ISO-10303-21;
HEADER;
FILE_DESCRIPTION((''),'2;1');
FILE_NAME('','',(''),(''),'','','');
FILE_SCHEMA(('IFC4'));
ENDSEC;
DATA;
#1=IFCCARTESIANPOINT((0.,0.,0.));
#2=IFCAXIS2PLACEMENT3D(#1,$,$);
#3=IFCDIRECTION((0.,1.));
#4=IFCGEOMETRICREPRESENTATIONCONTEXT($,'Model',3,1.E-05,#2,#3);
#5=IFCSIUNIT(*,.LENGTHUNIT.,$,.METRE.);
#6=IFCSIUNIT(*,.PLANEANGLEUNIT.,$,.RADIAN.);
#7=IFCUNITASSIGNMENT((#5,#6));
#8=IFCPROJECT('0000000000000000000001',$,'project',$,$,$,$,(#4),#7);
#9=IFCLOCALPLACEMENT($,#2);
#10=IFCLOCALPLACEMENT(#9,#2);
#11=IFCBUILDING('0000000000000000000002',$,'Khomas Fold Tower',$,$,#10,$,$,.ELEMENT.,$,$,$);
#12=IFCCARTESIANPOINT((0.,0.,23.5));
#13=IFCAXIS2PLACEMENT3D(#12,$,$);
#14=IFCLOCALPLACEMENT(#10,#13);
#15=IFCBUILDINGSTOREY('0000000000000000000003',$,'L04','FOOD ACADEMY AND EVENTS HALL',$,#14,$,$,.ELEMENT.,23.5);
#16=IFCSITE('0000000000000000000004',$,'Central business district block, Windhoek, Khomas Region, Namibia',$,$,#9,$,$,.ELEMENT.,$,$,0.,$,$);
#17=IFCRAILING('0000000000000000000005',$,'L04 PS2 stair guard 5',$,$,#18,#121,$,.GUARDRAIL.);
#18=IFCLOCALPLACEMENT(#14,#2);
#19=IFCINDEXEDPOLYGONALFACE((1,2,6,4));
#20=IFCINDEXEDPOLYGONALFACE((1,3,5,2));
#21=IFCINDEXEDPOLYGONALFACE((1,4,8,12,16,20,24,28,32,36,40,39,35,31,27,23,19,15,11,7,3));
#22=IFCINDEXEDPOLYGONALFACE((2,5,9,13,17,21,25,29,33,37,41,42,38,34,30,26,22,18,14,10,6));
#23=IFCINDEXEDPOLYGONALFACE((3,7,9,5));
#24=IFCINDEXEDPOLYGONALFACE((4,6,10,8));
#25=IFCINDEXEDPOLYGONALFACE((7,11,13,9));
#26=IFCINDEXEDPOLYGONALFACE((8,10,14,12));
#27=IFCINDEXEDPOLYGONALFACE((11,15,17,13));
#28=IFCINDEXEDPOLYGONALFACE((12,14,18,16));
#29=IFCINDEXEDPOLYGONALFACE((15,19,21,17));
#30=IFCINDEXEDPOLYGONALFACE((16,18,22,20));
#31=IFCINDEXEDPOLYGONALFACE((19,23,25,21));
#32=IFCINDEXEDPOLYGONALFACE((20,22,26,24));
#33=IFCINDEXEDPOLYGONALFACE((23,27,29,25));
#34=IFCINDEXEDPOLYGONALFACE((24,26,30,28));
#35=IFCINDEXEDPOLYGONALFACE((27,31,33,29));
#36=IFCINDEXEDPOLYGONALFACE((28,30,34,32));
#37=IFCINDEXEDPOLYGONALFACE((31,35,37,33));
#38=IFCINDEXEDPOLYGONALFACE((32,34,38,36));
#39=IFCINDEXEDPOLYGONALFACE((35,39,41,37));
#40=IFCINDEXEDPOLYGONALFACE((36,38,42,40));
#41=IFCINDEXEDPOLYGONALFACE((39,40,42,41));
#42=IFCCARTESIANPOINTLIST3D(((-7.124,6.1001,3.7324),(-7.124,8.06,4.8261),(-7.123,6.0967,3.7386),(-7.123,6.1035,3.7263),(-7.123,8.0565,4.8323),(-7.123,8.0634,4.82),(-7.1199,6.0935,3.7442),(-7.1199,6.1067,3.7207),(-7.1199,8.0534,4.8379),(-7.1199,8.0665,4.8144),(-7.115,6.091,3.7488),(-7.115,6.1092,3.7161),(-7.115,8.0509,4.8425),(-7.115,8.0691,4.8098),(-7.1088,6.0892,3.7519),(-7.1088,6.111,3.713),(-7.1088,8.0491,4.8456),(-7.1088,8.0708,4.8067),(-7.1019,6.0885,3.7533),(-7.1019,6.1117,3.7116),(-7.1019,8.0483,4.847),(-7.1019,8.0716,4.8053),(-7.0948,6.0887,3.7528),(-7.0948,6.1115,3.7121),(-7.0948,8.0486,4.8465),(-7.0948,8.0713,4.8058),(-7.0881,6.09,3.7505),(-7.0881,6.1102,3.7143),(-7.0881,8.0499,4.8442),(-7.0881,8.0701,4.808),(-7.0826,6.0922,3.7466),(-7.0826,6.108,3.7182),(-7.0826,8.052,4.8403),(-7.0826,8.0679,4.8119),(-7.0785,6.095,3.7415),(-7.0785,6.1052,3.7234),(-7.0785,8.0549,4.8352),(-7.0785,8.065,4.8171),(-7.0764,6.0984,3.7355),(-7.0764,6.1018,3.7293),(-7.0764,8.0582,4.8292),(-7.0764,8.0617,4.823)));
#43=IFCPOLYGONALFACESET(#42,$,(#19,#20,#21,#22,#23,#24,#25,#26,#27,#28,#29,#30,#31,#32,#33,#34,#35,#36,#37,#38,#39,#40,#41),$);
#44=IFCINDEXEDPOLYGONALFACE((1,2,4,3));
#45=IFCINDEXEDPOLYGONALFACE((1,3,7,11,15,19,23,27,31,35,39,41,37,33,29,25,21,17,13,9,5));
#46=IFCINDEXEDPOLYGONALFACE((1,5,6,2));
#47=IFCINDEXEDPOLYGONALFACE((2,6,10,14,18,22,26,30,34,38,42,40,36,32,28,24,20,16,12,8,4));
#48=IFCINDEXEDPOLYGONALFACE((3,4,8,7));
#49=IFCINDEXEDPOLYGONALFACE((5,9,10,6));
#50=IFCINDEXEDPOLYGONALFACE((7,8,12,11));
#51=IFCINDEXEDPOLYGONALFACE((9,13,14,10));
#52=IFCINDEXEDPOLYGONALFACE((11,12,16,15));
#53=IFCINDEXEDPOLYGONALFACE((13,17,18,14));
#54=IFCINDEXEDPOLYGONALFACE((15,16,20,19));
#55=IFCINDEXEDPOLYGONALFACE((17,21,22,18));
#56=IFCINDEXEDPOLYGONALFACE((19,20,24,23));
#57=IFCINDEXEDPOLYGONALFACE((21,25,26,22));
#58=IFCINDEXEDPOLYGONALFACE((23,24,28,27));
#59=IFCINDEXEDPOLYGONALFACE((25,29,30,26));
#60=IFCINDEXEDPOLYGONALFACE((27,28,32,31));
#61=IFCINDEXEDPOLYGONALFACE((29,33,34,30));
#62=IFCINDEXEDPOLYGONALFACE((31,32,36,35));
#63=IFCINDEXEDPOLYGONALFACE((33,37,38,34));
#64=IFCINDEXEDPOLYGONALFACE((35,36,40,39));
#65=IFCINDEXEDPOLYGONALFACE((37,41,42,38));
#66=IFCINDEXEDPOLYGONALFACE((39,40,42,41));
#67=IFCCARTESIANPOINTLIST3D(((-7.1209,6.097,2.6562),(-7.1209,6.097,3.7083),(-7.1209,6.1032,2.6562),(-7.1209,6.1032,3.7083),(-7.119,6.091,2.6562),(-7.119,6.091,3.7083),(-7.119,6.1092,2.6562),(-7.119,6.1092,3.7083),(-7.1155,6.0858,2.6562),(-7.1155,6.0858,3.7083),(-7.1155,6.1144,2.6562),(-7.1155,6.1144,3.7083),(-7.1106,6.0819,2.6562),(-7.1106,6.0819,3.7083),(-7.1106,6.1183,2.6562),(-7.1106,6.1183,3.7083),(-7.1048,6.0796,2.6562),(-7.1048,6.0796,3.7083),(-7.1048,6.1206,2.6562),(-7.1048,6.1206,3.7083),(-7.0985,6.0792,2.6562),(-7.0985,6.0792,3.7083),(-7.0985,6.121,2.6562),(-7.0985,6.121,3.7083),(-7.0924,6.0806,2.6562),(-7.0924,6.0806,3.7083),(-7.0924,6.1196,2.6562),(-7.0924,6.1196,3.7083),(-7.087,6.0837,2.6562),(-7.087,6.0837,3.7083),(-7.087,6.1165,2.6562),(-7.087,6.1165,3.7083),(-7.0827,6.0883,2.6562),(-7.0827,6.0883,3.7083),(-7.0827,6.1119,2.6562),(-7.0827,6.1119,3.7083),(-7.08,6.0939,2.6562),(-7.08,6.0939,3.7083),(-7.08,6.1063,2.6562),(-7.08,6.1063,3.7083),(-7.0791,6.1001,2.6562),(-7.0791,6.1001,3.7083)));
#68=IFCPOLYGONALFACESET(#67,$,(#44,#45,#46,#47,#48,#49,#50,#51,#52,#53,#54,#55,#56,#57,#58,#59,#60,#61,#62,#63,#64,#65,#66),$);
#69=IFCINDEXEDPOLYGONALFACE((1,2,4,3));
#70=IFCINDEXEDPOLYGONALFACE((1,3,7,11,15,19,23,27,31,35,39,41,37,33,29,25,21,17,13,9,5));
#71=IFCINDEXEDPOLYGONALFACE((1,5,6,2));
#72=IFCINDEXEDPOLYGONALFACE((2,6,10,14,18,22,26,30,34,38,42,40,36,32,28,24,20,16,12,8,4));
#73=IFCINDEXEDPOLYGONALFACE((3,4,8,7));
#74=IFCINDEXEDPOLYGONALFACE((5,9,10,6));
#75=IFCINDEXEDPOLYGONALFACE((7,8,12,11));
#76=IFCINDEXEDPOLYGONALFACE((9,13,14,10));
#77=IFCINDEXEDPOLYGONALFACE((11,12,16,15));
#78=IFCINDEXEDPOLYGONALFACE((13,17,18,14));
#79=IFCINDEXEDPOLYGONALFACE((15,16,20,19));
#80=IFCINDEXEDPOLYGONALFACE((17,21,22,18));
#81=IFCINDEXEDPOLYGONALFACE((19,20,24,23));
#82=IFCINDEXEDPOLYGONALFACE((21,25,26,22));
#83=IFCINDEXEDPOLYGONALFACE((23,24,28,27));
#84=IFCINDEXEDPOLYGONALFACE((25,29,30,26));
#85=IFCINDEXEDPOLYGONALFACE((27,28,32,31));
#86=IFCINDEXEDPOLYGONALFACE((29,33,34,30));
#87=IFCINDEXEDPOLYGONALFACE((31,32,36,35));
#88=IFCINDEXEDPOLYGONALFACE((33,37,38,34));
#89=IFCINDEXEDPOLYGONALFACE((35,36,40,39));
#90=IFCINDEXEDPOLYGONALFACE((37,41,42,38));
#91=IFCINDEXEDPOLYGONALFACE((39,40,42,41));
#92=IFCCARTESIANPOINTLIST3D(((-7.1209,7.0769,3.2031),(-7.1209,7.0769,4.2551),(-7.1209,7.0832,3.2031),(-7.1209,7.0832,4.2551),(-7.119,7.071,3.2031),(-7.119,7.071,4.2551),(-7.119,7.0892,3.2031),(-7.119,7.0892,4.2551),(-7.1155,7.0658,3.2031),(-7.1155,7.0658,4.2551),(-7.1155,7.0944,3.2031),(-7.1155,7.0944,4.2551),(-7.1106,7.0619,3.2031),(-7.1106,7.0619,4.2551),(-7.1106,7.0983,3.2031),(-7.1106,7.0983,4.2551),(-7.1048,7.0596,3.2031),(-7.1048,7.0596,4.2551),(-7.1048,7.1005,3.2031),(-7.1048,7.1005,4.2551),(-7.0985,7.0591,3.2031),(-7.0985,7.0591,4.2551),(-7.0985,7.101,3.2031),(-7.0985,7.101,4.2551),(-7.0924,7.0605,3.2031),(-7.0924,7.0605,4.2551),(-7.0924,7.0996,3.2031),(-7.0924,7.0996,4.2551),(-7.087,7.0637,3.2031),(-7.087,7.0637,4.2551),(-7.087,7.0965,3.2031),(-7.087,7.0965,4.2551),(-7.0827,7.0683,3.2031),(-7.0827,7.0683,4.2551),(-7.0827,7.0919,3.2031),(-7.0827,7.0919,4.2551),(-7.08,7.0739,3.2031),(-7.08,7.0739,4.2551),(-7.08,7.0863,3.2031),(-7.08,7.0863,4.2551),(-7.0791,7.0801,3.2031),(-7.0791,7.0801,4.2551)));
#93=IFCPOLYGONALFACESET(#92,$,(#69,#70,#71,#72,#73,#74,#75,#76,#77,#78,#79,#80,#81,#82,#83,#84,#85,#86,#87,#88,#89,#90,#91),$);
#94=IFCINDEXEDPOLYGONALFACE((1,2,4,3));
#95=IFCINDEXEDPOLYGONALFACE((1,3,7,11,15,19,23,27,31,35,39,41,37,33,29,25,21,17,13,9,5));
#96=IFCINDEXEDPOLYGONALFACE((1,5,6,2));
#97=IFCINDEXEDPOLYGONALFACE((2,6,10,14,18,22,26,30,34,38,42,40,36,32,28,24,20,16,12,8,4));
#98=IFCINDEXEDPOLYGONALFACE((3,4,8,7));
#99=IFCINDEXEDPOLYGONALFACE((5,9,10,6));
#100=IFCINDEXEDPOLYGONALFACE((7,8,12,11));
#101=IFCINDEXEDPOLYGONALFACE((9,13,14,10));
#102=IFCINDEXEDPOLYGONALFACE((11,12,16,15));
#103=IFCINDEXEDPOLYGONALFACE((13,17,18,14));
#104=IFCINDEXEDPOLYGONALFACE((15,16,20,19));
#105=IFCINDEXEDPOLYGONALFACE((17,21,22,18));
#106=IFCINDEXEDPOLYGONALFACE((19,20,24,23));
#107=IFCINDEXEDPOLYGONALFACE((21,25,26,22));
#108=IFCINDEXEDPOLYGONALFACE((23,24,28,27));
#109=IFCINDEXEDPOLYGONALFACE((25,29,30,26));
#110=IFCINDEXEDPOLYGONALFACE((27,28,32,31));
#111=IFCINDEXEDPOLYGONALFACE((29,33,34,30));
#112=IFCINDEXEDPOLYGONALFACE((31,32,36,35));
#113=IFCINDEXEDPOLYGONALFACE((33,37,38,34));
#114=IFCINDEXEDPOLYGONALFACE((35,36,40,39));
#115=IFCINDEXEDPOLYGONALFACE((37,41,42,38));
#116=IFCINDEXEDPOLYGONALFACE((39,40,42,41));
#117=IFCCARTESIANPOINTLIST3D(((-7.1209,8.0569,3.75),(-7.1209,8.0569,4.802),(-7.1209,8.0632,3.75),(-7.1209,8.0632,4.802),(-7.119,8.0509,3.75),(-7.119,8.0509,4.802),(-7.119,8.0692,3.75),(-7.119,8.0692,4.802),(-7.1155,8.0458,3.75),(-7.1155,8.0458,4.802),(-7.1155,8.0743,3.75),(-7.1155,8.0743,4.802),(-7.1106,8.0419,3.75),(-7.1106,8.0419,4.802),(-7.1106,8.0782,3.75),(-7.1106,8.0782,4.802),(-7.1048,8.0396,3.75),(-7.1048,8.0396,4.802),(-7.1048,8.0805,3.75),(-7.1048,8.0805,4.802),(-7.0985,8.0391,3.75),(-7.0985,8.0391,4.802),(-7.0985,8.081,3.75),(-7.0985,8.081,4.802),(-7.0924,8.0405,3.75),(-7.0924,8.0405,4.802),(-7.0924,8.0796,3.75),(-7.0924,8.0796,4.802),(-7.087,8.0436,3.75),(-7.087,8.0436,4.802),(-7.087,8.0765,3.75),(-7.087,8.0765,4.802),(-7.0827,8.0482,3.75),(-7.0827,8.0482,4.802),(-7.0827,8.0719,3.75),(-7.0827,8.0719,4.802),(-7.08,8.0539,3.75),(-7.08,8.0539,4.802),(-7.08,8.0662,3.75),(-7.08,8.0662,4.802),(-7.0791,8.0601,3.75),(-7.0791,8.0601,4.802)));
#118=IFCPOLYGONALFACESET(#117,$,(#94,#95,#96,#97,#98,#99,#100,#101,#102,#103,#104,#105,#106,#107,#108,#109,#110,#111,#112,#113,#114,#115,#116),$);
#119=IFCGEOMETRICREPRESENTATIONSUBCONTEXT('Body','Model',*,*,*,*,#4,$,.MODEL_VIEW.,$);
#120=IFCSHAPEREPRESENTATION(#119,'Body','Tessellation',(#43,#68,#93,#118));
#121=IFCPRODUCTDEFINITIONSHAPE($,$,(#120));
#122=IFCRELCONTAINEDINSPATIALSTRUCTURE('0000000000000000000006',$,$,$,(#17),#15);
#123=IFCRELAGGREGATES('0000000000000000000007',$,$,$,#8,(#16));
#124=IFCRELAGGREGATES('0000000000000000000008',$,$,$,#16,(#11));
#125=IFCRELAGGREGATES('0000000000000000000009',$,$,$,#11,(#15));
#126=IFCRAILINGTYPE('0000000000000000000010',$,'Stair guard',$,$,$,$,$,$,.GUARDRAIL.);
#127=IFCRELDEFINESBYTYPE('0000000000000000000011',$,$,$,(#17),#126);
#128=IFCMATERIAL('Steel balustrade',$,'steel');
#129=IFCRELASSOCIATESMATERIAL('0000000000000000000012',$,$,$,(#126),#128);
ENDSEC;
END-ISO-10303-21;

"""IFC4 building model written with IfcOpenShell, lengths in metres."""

from ifc_helpers import new_model, si_unit, direction, frame, origin, origin_2d, place, context, subcontext, project, spatial, circle, extrude, source, transform, mapped, material, type_object, element, save


model = new_model("IFC4")

# Units and contexts
model_context = context("Model", 3, precision=1e-05, world=origin(), true_north=direction((0.0, 1.0)))
body_context = subcontext(model_context, "Body", "Model", "MODEL_VIEW")
ifc_project = project(units=[si_unit("LENGTHUNIT", "METRE"), si_unit("PLANEANGLEUNIT", "RADIAN")], contexts=[model_context])

# Site, building, storey
site_placement = place(None, origin())
site = spatial("IfcSite", under=ifc_project, at=site_placement, Name="Central business district block, Windhoek, Khomas Region, Namibia", CompositionType="ELEMENT", RefElevation=0.0)
building_placement = place(site_placement, origin())
building = spatial("IfcBuilding", under=site, at=building_placement, Name="Khomas Fold Tower", CompositionType="ELEMENT")
storey_placement = place(building_placement, frame((0.0, 0.0, 23.5)))
storey = spatial("IfcBuildingStorey", under=building, at=storey_placement, Name="L04", Description="FOOD ACADEMY AND EVENTS HALL", CompositionType="ELEMENT", Elevation=23.5)

# Railing
ifc_material_1 = material(Name="Steel balustrade", Category="steel")
railing_type_1 = type_object("IfcRailingType", Name="Stair guard", PredefinedType="GUARDRAIL", material=ifc_material_1)
shared_shape_1 = source(origin(), body_context, "Body", "SweptSolid", [
    extrude(circle(Radius=0.0239, at=origin_2d()), frame((0.0, 0.0, 1.0762), z_axis=(0.0, 0.873232, 0.487304), x_axis=(-1.0, 0.0, 0.0)), (0.0, 0.0, 1.0), 2.2444),
    extrude(circle(Radius=0.021, at=origin_2d()), origin(), (0.0, 0.0, 1.0), 1.052),
    extrude(circle(Radius=0.021, at=origin_2d()), frame((0.0, 0.98, 0.5469)), (0.0, 0.0, 1.0), 1.052),
    extrude(circle(Radius=0.021, at=origin_2d()), frame((0.0, 1.96, 1.0938)), (0.0, 0.0, 1.0), 1.052),
])
for number, where, name in (
    (1, (-7.1001, 6.1001, 2.6562), "L04 PS2 stair guard 5"),
):
    element("IfcRailing", number, at=place(storey_placement, frame(where)), inside=storey, type_object=railing_type_1, Name=name, PredefinedType="GUARDRAIL", context=body_context, shape_type="MappedRepresentation", body=[
        mapped(shared_shape_1, transform((0.0, 0.0, 0.0))),
    ])

save(model, "model.ifc")
